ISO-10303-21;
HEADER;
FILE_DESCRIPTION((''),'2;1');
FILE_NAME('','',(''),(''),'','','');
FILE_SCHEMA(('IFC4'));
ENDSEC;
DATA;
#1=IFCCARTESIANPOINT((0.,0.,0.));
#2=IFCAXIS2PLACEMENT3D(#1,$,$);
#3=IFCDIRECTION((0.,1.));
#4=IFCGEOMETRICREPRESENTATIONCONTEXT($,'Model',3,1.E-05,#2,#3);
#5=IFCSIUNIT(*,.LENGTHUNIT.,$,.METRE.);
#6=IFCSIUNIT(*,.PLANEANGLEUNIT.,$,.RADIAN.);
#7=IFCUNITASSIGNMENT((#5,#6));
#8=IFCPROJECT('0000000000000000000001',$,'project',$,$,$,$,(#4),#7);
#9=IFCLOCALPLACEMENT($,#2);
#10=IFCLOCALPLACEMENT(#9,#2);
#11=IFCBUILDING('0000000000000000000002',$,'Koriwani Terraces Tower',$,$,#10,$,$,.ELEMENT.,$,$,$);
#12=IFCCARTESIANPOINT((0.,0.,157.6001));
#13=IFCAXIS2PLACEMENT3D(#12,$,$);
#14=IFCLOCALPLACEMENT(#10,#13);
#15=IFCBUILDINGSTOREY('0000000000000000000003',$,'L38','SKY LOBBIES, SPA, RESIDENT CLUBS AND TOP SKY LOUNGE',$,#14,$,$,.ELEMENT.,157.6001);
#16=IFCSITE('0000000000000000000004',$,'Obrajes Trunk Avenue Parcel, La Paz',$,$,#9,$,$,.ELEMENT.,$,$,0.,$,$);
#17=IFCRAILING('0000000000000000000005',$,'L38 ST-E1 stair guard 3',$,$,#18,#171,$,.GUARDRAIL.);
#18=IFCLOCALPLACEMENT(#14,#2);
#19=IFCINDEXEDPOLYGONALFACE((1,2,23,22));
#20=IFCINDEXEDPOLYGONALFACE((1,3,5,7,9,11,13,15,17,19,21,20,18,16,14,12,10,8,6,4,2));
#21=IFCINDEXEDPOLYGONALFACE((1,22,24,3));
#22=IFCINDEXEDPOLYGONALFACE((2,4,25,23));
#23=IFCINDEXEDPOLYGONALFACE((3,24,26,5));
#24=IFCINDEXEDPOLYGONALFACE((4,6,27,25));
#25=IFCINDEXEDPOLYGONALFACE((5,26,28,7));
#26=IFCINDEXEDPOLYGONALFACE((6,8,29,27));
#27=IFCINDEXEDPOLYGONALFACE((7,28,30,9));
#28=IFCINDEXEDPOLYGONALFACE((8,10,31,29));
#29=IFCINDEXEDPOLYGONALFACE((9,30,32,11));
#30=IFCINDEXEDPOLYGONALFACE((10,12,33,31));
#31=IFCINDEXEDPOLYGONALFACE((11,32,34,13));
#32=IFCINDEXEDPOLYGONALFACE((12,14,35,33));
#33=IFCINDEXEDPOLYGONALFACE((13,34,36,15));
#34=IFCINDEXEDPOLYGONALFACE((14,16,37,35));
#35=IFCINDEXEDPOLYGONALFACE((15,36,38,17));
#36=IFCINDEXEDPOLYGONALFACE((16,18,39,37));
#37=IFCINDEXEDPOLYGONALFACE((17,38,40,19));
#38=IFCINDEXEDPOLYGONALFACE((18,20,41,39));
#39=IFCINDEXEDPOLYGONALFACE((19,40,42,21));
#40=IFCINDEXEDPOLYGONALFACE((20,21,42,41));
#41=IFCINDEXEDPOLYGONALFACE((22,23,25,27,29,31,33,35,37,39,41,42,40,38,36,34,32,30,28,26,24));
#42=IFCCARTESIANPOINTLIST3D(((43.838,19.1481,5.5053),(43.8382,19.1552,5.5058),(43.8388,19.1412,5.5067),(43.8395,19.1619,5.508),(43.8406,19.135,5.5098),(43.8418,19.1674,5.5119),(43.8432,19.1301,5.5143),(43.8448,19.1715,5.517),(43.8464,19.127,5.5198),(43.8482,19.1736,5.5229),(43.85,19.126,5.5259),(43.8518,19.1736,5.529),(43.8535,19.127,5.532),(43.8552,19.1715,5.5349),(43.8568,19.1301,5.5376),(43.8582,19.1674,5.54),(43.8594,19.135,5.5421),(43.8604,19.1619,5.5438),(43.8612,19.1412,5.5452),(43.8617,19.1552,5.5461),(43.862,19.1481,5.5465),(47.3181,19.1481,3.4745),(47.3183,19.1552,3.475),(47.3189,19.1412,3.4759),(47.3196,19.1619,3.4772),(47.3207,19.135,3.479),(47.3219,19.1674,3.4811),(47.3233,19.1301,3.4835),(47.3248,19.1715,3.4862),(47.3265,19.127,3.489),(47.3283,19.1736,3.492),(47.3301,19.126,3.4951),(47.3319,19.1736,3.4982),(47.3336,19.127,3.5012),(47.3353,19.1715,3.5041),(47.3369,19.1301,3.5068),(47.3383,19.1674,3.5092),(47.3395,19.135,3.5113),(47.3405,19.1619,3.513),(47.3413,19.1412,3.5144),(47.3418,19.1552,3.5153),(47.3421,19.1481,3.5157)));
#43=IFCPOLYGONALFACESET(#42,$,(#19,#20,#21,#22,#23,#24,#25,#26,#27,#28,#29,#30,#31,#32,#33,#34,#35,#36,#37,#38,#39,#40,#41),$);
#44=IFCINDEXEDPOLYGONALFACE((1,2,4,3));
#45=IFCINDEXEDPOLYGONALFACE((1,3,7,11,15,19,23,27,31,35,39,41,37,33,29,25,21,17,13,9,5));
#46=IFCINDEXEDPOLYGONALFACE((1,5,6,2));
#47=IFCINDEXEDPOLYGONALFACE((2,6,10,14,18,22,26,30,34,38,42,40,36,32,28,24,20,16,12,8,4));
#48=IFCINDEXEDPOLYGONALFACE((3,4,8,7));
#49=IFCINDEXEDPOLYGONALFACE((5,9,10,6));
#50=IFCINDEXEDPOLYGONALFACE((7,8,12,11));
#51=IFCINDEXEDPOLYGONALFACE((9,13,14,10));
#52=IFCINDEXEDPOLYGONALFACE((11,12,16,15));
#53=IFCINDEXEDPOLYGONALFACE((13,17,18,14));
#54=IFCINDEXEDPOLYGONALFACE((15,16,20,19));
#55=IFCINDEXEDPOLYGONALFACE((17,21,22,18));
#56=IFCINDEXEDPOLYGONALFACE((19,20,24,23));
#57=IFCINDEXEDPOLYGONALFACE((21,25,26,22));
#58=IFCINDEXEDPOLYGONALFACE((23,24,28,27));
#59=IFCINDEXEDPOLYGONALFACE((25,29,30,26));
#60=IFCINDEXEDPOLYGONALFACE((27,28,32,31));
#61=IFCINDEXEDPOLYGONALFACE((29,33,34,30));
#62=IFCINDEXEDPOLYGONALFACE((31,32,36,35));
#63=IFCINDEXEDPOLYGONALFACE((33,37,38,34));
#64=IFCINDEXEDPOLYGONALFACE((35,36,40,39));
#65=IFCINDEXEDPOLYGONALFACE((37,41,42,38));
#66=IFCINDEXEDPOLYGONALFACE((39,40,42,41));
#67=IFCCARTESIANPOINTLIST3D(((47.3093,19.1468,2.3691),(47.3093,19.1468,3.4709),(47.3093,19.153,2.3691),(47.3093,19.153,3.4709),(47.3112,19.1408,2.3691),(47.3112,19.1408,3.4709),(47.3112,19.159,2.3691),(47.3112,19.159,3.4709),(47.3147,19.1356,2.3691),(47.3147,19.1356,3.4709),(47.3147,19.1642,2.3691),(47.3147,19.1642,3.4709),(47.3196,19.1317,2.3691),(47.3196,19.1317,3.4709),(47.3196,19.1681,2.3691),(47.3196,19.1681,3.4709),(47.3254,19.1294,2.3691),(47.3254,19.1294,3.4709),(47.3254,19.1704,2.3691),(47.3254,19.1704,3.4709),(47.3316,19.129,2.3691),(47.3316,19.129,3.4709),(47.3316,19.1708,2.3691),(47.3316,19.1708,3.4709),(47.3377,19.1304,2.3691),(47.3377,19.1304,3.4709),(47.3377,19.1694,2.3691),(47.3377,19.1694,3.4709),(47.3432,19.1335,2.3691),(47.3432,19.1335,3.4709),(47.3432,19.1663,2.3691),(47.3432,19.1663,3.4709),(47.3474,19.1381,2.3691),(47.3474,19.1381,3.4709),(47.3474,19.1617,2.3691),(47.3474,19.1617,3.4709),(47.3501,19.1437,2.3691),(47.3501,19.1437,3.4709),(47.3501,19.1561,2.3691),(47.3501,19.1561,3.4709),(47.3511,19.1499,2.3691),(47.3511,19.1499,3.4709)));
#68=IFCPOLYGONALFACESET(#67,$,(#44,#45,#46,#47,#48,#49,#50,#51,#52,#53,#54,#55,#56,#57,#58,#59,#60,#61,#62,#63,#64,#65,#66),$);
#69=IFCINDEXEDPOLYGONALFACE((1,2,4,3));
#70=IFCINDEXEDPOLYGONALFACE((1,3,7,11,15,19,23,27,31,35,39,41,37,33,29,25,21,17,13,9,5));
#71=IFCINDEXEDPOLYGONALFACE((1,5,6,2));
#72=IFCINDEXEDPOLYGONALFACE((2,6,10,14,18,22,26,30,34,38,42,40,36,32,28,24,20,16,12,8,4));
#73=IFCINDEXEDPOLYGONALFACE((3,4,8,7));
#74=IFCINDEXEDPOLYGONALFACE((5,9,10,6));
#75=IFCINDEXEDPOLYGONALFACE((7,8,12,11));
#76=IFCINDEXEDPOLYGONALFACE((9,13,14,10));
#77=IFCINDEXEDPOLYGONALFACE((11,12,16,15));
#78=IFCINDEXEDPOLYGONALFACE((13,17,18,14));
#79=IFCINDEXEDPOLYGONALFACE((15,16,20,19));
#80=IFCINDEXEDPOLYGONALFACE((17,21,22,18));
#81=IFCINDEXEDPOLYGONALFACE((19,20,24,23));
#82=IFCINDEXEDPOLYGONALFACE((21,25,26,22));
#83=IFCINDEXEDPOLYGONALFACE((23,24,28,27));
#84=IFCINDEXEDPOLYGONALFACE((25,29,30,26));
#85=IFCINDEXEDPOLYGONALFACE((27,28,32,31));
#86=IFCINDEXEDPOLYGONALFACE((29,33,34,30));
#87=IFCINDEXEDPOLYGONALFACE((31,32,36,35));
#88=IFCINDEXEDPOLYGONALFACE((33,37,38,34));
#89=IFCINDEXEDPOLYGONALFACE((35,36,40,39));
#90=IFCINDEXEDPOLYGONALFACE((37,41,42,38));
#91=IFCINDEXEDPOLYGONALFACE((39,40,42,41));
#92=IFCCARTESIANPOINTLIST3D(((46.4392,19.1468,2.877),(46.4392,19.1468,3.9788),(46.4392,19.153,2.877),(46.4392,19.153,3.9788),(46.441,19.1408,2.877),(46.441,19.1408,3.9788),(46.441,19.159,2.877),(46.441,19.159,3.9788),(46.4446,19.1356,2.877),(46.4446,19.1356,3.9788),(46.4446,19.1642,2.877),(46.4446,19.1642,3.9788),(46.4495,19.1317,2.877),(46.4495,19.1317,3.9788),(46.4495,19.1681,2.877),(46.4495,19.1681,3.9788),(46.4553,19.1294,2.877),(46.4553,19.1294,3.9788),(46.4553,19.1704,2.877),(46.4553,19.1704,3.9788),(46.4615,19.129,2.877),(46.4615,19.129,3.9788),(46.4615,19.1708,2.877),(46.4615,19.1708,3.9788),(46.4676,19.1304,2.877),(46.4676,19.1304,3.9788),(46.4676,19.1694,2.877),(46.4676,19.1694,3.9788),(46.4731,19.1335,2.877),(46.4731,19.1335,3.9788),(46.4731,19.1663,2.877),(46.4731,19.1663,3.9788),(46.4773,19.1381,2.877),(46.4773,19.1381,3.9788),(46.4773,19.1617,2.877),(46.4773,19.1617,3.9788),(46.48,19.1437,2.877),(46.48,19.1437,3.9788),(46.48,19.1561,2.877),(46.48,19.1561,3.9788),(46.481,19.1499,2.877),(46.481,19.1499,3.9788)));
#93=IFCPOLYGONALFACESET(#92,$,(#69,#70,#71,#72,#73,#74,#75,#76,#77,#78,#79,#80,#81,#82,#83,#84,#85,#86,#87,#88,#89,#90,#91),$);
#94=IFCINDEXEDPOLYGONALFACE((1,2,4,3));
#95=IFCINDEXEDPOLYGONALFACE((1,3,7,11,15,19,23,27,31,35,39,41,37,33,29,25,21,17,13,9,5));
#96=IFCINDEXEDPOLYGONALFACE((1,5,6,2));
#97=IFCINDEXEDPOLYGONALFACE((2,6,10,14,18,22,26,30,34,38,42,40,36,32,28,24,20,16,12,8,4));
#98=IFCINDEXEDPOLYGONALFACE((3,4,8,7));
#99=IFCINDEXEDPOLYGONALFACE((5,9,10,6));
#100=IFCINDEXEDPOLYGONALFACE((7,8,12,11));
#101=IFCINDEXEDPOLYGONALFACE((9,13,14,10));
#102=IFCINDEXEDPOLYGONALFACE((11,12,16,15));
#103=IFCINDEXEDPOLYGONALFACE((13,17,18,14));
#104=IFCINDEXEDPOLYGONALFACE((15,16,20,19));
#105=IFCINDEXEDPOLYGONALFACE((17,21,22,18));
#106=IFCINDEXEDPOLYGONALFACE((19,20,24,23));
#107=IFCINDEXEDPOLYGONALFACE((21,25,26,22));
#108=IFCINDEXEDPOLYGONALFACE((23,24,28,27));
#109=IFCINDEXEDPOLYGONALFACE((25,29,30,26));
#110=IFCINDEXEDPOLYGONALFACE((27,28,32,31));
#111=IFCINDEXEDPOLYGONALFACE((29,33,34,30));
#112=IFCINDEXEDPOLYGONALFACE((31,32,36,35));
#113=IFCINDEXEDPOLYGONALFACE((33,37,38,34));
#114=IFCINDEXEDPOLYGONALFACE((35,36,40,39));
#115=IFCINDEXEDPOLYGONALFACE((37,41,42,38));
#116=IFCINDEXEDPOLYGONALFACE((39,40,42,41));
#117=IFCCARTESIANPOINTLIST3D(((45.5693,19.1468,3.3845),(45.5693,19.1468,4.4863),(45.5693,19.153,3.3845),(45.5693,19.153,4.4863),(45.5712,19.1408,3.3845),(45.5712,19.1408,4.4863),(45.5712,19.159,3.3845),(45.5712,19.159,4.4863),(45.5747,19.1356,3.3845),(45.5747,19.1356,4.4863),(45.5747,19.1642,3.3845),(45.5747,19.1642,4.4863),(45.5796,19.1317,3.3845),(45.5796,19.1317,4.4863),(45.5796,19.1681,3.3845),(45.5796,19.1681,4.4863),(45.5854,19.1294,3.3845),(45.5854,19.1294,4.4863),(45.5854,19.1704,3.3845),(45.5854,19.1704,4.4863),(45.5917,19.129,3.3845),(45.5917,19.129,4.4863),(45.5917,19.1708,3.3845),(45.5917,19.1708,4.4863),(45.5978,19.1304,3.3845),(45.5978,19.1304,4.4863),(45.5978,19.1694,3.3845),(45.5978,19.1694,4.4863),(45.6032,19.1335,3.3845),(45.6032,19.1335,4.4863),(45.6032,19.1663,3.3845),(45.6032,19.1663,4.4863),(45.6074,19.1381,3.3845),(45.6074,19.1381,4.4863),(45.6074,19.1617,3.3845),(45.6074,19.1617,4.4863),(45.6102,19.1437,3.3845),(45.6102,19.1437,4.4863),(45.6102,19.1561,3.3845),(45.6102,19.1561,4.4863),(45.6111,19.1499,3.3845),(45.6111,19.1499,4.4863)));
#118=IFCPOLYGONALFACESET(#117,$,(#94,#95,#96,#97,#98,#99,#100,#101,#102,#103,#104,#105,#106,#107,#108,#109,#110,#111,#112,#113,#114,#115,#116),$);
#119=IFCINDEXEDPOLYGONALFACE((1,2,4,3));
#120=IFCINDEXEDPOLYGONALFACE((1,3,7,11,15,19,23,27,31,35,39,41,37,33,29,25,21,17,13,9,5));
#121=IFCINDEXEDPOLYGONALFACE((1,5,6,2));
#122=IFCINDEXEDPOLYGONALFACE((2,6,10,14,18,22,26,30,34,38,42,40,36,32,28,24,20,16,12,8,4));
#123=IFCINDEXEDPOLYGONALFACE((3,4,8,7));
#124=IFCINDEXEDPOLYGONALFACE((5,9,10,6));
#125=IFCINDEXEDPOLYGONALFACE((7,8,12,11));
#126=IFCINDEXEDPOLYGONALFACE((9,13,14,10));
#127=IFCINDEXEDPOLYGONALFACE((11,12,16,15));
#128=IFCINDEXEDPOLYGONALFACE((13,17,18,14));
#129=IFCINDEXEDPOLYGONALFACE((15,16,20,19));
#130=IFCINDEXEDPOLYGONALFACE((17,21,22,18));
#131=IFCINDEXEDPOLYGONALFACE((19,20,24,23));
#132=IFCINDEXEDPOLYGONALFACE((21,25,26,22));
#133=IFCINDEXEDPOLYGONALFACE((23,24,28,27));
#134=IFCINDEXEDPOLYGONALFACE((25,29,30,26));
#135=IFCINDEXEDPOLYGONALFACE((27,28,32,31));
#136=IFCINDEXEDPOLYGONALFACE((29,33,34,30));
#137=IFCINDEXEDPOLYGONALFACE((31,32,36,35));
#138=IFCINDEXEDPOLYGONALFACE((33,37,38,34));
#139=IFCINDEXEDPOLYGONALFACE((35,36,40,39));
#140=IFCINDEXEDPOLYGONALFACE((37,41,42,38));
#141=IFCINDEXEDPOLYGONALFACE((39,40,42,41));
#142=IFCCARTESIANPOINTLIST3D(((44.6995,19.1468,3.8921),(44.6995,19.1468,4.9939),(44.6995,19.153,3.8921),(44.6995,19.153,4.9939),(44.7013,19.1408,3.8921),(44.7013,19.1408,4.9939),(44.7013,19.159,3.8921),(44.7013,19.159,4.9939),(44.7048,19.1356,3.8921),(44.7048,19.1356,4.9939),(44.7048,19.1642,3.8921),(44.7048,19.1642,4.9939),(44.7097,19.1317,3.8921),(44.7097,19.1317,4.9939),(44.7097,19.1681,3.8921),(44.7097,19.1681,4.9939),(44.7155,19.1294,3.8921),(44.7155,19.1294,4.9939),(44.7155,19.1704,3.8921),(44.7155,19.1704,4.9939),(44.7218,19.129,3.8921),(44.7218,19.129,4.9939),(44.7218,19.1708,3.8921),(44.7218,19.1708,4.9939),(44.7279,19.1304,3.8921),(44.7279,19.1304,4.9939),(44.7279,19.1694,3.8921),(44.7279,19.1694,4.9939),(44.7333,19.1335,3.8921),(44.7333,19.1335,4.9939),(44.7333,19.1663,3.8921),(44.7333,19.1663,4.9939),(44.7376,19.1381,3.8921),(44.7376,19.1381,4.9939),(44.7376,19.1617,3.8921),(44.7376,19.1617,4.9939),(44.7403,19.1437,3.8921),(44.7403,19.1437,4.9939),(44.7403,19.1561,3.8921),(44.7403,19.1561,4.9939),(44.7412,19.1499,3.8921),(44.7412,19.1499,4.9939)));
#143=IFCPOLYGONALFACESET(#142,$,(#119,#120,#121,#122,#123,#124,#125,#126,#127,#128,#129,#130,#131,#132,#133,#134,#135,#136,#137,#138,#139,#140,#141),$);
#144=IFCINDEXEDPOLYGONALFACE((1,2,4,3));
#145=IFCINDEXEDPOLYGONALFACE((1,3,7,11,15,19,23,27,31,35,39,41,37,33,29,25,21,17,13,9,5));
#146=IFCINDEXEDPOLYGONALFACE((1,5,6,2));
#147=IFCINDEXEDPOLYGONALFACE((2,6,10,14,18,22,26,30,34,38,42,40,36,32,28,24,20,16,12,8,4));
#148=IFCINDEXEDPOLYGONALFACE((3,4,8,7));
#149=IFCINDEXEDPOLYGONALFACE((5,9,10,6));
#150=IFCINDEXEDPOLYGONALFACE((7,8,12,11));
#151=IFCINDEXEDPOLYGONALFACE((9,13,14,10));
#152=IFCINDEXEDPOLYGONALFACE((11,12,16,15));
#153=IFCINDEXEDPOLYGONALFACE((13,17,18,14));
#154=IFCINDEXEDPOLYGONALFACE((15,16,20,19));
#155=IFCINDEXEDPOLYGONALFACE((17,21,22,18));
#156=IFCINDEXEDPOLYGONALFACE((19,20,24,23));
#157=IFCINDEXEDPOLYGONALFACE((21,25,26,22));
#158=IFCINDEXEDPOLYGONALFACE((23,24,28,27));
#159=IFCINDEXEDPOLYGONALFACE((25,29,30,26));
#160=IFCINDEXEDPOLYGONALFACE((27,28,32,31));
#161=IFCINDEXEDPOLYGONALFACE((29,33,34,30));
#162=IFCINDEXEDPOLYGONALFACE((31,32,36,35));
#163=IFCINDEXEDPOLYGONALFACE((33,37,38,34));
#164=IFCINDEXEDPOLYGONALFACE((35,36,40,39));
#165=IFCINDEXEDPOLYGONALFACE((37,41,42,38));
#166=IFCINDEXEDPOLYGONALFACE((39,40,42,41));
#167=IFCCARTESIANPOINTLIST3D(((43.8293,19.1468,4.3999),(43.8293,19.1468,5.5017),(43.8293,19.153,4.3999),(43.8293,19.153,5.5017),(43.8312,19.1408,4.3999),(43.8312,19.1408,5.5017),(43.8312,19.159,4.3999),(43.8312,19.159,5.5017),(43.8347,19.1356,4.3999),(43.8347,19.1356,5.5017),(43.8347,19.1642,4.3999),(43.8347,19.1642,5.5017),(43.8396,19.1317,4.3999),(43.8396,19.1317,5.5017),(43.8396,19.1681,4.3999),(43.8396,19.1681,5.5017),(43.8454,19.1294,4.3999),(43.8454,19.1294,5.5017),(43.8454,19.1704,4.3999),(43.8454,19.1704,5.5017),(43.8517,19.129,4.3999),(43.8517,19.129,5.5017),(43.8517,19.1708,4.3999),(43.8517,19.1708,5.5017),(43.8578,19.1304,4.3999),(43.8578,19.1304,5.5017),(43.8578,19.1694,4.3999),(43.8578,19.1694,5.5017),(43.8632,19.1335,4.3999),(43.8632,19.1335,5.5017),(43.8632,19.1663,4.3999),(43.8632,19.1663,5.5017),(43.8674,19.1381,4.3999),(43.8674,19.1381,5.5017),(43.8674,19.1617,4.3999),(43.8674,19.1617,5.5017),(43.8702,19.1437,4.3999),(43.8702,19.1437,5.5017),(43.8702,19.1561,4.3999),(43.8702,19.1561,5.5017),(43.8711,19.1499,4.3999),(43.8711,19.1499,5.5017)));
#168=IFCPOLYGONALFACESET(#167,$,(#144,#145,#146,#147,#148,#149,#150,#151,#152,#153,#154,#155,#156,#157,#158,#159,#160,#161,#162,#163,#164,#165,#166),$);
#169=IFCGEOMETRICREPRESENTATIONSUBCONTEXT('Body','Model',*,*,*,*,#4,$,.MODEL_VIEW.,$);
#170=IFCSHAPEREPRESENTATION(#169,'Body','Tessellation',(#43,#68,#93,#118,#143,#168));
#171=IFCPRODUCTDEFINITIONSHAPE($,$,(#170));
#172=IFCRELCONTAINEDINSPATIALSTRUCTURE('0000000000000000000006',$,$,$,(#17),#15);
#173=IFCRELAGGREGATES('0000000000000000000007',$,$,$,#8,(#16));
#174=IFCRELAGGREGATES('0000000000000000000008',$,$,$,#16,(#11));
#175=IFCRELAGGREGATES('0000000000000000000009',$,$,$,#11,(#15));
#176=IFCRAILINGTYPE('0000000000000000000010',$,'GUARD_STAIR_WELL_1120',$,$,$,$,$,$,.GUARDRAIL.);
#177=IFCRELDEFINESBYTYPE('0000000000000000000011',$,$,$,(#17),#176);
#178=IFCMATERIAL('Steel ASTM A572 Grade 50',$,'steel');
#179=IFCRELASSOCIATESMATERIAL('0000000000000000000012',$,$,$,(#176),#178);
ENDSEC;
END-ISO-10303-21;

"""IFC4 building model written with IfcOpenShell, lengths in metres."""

from ifc_helpers import new_model, si_unit, direction, frame, origin, origin_2d, place, context, subcontext, project, spatial, circle, extrude, material, type_object, element, save


model = new_model("IFC4")

# Units and contexts
model_context = context("Model", 3, precision=1e-05, world=origin(), true_north=direction((0.0, 1.0)))
body_context = subcontext(model_context, "Body", "Model", "MODEL_VIEW")
ifc_project = project(units=[si_unit("LENGTHUNIT", "METRE"), si_unit("PLANEANGLEUNIT", "RADIAN")], contexts=[model_context])

# Site, building, storey
site_placement = place(None, origin())
site = spatial("IfcSite", under=ifc_project, at=site_placement, Name="Obrajes Trunk Avenue Parcel, La Paz", CompositionType="ELEMENT", RefElevation=0.0)
building_placement = place(site_placement, origin())
building = spatial("IfcBuilding", under=site, at=building_placement, Name="Koriwani Terraces Tower", CompositionType="ELEMENT")
storey_placement = place(building_placement, frame((0.0, 0.0, 157.6001)))
storey = spatial("IfcBuildingStorey", under=building, at=storey_placement, Name="L38", Description="SKY LOBBIES, SPA, RESIDENT CLUBS AND TOP SKY LOUNGE", CompositionType="ELEMENT", Elevation=157.6001)

# Shared definitions
ifc_material_1 = material(Name="Steel ASTM A572 Grade 50", Category="steel")

# Railing
railing_type_1 = type_object("IfcRailingType", Name="GUARD_STAIR_WELL_1120", PredefinedType="GUARDRAIL", material=ifc_material_1)
railing_1_placement = place(storey_placement, frame((47.3301, 19.1499, 2.3691)))
element("IfcRailing", 1, at=railing_1_placement, inside=storey, type_object=railing_type_1, Name="L38 ST-E1 stair guard 3", PredefinedType="GUARDRAIL", context=body_context, shape_type="SweptSolid", body=[
    extrude(circle(Radius=0.0239, at=origin_2d()), frame((0.0, 0.0, 1.126), z_axis=(-0.863695, 0.0, 0.504014), x_axis=(0.0, -1.0, 0.0)), (0.0, 0.0, 1.0), 4.0293),
    extrude(circle(Radius=0.021, at=origin_2d()), origin(), (0.0, 0.0, 1.0), 1.1018),
    extrude(circle(Radius=0.021, at=origin_2d()), frame((-0.8701, 0.0, 0.5078)), (0.0, 0.0, 1.0), 1.1018),
    extrude(circle(Radius=0.021, at=origin_2d()), frame((-1.74, 0.0, 1.0154)), (0.0, 0.0, 1.0), 1.1018),
    extrude(circle(Radius=0.021, at=origin_2d()), frame((-2.6099, 0.0, 1.5229)), (0.0, 0.0, 1.0), 1.1018),
    extrude(circle(Radius=0.021, at=origin_2d()), frame((-3.48, 0.0, 2.0308)), (0.0, 0.0, 1.0), 1.1018),
])

save(model, "model.ifc")
